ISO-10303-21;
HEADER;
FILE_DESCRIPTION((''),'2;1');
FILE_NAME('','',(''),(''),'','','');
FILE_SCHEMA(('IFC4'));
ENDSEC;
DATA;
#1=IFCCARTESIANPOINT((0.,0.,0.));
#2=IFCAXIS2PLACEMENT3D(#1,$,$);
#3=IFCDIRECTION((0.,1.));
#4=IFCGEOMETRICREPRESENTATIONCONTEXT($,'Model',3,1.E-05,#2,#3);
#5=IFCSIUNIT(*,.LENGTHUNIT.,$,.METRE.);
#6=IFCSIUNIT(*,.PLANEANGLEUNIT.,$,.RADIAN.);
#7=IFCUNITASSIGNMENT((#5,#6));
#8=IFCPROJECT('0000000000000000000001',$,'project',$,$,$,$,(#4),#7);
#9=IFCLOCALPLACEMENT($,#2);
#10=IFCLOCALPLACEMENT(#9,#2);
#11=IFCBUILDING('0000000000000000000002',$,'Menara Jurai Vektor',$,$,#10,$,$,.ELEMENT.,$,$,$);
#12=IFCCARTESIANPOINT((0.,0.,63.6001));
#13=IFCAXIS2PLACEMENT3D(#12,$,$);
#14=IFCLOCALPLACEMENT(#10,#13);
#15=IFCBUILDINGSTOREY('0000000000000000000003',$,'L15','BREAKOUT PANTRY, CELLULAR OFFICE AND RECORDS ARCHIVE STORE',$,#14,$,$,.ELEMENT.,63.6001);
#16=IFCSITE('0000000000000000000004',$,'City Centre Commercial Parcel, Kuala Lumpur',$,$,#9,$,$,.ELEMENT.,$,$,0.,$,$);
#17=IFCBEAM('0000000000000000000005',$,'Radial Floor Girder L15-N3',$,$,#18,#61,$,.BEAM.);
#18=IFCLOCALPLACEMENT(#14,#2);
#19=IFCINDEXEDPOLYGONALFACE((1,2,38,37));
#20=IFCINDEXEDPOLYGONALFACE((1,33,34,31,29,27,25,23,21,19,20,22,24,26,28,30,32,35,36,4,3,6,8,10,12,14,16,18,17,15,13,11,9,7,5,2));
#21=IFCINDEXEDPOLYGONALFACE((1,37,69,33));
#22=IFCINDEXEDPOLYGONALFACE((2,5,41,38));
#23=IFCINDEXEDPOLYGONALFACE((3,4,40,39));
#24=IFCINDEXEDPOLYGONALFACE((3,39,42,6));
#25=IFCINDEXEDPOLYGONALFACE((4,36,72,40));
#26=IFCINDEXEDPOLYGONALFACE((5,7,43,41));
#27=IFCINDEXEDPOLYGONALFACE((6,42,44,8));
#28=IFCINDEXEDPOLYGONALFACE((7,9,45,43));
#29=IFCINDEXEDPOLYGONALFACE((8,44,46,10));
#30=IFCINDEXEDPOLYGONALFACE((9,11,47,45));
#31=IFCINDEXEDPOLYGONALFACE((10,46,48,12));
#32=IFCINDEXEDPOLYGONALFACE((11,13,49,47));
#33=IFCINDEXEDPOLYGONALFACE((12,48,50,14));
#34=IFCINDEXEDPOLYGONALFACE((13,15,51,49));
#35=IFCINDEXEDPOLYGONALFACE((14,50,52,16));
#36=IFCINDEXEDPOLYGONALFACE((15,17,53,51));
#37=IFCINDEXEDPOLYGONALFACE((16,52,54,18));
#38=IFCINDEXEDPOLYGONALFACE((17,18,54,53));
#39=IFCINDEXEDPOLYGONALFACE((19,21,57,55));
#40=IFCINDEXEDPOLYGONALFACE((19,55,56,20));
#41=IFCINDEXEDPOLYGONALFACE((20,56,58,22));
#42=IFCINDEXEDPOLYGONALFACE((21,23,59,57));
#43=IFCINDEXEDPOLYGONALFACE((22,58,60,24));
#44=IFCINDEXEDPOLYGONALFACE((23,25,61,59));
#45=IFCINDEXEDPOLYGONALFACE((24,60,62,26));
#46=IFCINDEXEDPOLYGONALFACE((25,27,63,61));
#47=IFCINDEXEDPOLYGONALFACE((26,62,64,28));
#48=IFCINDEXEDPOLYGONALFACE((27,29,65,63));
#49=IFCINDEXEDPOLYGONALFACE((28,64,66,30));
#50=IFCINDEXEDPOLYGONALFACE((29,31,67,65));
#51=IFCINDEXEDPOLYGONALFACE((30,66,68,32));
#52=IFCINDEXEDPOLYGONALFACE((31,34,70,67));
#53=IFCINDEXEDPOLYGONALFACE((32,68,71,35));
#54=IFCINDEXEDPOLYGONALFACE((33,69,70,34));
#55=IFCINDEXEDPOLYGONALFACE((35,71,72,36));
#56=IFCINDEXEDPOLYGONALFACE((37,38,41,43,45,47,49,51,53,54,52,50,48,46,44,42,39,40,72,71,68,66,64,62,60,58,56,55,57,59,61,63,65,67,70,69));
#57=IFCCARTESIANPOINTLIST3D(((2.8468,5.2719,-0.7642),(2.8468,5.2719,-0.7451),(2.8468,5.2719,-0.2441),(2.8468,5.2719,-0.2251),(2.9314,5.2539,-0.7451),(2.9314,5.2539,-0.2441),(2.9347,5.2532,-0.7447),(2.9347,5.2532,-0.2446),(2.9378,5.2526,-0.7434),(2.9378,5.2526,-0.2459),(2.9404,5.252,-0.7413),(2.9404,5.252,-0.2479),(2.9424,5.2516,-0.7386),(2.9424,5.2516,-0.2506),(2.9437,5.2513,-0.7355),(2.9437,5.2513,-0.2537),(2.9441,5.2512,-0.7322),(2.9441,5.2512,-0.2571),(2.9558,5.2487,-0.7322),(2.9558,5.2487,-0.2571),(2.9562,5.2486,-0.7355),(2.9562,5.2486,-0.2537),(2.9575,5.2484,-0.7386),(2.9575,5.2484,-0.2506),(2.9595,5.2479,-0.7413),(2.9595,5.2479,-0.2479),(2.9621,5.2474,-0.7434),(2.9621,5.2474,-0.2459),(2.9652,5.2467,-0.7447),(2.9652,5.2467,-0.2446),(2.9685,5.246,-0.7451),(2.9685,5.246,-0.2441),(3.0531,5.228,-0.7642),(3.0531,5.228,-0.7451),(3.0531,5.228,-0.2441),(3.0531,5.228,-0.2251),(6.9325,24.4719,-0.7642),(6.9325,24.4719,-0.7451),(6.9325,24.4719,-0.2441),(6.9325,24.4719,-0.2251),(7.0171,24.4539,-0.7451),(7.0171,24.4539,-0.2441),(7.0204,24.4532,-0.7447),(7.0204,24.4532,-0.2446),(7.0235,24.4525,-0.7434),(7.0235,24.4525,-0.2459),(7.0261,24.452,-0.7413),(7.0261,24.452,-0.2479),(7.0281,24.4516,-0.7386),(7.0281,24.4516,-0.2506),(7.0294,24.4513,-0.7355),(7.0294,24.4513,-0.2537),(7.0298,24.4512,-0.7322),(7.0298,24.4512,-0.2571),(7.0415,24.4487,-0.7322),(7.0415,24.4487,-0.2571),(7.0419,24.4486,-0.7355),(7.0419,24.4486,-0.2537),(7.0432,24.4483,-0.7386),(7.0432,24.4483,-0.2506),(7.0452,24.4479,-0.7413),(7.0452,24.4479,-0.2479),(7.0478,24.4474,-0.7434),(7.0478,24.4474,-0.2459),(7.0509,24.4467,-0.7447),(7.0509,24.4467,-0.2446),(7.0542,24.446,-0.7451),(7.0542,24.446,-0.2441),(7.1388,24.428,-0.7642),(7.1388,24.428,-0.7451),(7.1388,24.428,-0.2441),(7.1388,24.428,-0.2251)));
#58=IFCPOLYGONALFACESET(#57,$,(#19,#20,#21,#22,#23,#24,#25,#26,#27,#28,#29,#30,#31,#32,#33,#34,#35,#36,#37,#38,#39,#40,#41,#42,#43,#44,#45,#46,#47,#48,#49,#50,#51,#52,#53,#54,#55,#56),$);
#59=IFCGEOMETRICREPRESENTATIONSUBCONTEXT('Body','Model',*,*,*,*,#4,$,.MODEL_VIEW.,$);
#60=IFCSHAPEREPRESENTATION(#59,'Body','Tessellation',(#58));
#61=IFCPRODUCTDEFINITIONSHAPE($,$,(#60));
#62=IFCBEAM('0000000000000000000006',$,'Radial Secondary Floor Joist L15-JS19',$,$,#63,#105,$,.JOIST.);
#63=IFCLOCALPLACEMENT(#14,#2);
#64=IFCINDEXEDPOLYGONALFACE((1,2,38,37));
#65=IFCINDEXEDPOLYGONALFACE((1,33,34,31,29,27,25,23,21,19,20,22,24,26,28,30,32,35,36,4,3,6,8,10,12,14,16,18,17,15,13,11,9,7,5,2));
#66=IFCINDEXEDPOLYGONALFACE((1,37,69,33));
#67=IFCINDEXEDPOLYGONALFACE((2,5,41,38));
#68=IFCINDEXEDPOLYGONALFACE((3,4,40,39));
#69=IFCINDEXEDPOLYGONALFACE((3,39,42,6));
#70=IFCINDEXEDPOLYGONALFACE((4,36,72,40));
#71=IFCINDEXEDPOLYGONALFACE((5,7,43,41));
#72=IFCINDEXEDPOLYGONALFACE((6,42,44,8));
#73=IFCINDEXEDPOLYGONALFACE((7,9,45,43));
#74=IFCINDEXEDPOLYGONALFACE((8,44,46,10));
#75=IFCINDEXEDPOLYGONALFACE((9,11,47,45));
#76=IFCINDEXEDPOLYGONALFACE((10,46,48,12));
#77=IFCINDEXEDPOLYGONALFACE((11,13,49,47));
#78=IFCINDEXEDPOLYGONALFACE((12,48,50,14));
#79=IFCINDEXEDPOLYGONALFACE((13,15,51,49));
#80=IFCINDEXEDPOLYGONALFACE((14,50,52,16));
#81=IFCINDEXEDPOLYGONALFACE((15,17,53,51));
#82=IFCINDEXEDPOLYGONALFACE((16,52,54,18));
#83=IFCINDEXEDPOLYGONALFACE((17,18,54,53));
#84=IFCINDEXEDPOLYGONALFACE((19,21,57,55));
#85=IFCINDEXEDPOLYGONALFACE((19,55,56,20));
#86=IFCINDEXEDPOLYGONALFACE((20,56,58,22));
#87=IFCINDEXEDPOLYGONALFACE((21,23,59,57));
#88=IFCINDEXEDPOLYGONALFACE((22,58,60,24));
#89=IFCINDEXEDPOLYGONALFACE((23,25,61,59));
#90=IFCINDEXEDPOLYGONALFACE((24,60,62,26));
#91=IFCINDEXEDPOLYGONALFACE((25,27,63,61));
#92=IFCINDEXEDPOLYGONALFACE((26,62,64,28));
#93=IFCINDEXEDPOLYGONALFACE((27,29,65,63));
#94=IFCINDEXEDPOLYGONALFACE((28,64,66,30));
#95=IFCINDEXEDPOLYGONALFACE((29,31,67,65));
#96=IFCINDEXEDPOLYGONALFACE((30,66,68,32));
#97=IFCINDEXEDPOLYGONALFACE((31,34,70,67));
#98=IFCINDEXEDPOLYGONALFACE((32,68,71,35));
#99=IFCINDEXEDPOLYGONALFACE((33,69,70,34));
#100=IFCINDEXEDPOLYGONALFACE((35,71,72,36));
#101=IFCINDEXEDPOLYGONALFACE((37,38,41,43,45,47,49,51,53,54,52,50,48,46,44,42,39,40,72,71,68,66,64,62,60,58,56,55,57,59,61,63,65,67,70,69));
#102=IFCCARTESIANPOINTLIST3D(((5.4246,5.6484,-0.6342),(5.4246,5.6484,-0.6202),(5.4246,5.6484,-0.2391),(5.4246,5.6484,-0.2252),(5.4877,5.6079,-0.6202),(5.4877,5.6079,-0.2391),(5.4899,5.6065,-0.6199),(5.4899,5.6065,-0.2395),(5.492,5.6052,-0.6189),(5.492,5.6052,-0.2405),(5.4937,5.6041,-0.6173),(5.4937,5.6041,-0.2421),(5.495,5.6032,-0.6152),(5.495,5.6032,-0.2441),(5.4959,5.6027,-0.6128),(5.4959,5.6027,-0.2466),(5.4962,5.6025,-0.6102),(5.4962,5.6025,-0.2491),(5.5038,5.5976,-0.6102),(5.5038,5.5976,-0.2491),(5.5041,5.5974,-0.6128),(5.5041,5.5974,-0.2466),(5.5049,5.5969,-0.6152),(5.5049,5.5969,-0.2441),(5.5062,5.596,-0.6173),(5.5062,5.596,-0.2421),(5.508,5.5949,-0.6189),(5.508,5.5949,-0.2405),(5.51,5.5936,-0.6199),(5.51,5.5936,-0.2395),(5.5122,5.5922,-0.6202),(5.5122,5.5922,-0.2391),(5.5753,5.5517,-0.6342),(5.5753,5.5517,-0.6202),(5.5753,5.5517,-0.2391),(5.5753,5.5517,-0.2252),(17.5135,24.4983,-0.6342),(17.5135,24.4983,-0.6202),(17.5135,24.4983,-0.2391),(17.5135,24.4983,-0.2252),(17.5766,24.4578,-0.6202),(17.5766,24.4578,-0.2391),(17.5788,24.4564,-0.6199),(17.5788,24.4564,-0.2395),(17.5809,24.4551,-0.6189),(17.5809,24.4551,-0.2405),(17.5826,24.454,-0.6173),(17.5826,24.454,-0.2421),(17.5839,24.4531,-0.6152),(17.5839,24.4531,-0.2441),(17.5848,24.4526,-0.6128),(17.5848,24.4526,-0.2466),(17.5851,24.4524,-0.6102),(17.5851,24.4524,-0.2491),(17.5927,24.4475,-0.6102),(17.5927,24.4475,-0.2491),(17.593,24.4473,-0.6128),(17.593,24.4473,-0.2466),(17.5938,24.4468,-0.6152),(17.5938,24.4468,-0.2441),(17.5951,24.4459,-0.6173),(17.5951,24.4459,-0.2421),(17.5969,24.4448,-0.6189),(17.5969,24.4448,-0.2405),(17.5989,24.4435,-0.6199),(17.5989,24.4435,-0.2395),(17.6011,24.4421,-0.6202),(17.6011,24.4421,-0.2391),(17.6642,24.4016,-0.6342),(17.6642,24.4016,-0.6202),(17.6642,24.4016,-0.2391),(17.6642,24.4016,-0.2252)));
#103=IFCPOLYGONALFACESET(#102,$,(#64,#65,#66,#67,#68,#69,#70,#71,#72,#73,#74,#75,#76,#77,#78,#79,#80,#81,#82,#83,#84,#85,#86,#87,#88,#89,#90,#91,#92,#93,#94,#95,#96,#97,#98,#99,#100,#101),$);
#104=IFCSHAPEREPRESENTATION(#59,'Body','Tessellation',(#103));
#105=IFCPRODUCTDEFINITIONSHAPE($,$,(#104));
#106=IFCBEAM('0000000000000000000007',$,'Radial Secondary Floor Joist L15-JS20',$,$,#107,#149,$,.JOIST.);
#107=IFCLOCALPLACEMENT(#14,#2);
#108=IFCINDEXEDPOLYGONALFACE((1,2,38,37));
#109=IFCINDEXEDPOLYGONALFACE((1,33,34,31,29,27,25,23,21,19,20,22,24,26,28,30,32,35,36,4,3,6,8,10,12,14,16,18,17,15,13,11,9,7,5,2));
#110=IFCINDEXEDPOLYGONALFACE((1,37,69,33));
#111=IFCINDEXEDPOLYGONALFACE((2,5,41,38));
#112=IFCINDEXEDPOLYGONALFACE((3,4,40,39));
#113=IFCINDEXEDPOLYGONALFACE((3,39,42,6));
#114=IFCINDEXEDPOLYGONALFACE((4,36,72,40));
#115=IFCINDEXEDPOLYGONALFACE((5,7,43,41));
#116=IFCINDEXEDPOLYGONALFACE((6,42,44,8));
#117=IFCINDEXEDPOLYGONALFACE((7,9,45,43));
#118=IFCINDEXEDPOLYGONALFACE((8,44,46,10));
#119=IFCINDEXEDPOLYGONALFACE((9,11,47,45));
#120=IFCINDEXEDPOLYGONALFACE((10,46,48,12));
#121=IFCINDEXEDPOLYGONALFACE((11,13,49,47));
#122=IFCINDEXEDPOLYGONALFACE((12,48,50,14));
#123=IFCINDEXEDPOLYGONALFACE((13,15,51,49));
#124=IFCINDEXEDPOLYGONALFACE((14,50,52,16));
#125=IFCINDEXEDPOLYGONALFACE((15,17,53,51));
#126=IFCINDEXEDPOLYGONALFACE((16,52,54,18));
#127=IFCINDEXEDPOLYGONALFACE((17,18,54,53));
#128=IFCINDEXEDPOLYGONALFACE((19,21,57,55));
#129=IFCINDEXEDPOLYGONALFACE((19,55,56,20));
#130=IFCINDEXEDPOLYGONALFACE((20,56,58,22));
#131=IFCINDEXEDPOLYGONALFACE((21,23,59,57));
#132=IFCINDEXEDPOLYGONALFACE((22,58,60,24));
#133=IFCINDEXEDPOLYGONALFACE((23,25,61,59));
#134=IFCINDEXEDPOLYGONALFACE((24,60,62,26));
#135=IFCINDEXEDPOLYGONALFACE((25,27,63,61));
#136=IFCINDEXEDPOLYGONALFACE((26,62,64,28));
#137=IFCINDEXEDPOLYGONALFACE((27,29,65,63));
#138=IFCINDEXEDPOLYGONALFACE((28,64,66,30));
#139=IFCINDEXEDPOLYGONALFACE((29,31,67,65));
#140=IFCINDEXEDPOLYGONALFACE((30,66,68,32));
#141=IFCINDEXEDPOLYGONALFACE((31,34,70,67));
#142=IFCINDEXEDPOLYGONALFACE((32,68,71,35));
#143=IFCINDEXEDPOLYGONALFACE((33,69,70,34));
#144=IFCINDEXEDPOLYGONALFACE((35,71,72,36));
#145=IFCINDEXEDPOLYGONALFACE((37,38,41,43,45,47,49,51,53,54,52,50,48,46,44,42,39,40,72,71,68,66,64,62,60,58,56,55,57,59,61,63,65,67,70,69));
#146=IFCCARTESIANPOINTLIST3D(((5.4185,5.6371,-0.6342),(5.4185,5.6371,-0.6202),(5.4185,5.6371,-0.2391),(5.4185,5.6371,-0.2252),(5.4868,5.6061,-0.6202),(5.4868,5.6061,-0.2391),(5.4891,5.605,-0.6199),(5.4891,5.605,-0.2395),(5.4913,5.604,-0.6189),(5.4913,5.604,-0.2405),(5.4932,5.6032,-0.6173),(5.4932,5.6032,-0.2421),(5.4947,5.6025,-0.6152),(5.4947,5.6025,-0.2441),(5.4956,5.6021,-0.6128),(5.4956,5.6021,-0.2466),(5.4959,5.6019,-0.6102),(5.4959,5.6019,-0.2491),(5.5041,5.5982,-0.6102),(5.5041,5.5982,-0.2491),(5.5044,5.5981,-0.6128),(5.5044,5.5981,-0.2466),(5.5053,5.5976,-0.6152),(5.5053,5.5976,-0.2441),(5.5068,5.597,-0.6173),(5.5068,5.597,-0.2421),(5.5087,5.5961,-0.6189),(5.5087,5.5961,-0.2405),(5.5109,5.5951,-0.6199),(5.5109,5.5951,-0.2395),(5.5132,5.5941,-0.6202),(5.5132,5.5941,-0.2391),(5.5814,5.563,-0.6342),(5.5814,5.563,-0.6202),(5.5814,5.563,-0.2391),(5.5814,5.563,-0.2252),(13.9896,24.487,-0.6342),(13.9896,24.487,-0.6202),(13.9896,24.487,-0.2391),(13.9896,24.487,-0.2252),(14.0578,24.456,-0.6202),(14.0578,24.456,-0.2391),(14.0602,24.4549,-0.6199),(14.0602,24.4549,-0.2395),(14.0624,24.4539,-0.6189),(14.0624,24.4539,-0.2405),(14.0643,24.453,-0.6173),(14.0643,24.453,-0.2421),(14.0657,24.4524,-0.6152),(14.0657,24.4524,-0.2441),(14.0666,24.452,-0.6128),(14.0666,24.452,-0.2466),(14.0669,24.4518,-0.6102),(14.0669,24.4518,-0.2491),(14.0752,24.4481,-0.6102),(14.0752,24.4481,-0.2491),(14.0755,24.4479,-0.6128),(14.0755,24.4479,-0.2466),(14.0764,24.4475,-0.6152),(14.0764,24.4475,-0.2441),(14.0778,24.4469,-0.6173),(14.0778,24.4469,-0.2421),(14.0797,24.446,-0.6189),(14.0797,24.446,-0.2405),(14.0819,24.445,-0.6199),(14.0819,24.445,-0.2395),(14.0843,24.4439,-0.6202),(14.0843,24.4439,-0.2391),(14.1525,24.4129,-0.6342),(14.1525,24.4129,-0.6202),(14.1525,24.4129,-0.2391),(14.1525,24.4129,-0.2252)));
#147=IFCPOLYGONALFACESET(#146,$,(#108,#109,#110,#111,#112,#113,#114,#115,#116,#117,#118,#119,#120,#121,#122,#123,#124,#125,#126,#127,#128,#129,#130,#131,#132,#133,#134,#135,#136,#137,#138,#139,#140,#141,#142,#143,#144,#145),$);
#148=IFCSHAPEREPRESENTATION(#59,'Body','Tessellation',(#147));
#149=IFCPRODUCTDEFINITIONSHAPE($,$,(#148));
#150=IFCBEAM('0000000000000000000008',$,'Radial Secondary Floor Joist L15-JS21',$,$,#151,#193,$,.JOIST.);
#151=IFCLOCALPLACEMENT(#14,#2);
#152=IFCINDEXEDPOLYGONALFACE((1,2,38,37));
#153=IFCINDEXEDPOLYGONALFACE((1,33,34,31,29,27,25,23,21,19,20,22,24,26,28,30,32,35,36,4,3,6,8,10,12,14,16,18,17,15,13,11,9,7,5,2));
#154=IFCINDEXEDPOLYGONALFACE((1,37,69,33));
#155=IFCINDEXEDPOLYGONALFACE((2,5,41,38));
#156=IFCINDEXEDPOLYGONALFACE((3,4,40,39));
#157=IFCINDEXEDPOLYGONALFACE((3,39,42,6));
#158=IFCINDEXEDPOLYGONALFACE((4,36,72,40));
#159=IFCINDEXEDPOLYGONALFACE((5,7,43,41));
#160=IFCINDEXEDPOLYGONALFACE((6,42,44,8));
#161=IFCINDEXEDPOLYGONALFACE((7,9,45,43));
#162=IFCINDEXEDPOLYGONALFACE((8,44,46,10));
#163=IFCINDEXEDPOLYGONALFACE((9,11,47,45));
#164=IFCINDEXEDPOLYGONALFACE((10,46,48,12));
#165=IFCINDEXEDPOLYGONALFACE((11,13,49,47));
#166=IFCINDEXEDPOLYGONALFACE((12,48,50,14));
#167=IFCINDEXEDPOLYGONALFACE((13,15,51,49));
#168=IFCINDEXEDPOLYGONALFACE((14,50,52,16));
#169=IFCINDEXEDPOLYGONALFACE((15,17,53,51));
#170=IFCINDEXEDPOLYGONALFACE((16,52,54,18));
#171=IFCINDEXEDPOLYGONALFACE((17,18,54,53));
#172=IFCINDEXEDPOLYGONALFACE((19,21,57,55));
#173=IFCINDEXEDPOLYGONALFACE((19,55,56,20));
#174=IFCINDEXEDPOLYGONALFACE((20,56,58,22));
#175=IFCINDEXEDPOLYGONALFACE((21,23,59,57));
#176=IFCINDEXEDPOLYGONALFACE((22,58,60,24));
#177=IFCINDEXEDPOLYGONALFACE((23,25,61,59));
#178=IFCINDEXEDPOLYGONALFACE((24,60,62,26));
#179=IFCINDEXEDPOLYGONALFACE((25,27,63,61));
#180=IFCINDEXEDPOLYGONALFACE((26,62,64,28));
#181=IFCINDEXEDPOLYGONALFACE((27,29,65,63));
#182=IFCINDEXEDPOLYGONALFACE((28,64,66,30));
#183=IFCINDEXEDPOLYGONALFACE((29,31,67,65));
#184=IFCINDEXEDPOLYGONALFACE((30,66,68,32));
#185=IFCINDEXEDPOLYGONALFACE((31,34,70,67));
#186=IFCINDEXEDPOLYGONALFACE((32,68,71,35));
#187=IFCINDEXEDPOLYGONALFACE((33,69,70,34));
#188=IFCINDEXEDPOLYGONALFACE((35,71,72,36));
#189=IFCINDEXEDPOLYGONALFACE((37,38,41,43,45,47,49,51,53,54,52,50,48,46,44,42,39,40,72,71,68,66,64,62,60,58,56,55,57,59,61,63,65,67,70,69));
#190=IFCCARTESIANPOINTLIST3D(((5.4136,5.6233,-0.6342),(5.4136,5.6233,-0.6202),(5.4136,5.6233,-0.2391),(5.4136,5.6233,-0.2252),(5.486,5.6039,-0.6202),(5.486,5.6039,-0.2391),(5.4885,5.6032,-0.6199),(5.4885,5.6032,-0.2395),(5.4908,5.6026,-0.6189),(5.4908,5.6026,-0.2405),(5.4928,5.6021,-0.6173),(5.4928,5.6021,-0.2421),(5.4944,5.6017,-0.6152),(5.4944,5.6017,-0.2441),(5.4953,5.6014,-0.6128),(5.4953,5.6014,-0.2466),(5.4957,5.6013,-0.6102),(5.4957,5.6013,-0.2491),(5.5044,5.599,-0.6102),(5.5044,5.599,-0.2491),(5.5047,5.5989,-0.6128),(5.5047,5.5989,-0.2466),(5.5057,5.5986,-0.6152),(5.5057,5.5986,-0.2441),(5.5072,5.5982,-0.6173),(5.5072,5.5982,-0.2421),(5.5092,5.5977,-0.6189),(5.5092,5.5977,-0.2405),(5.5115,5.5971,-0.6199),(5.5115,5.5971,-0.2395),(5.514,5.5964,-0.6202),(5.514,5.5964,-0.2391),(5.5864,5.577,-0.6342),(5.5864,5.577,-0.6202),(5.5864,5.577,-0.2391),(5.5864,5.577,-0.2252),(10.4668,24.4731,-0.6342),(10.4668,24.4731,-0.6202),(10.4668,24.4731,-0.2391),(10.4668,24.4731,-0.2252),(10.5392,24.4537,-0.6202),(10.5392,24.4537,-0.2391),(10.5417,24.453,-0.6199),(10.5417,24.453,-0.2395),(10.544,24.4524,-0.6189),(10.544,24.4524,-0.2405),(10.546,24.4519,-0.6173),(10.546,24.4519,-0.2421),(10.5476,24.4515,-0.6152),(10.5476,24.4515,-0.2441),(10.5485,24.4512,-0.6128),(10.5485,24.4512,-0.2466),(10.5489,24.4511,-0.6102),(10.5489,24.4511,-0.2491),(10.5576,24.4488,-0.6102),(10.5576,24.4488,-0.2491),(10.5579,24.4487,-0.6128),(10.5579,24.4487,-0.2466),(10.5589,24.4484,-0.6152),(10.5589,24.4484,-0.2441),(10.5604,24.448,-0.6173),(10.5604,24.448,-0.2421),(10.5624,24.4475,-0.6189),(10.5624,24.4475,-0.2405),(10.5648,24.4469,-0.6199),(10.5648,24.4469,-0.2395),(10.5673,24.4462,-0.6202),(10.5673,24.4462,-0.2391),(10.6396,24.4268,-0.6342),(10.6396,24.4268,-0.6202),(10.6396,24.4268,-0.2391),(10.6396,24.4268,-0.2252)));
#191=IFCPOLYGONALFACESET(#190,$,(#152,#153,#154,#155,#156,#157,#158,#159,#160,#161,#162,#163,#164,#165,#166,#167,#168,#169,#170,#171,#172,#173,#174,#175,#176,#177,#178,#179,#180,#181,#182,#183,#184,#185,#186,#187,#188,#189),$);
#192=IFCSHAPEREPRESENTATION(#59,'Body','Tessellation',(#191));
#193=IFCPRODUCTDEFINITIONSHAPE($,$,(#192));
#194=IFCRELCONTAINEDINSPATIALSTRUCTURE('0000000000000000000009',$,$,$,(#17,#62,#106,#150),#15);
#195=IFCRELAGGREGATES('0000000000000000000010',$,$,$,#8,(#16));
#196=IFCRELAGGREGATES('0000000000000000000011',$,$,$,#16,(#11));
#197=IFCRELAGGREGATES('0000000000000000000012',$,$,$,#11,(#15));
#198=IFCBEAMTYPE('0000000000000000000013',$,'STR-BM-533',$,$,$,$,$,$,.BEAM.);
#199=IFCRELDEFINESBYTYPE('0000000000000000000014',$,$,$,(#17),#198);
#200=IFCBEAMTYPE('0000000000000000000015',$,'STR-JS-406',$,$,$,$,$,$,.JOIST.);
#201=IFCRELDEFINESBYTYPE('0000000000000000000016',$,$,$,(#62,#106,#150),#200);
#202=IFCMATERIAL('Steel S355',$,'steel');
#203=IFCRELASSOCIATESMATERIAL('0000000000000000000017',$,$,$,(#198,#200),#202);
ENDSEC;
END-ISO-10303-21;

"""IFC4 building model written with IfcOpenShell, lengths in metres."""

from ifc_helpers import new_model, si_unit, direction, frame, origin, origin_2d, place, context, subcontext, project, spatial, i_section, extrude, material, material_profile, profile_set, type_object, element, save


model = new_model("IFC4")

# Units and contexts
model_context = context("Model", 3, precision=1e-05, world=origin(), true_north=direction((0.0, 1.0)))
body_context = subcontext(model_context, "Body", "Model", "MODEL_VIEW")
ifc_project = project(units=[si_unit("LENGTHUNIT", "METRE"), si_unit("PLANEANGLEUNIT", "RADIAN")], contexts=[model_context])

# Site, building, storey
site_placement = place(None, origin())
site = spatial("IfcSite", under=ifc_project, at=site_placement, Name="City Centre Commercial Parcel, Kuala Lumpur", CompositionType="ELEMENT", RefElevation=0.0)
building_placement = place(site_placement, origin())
building = spatial("IfcBuilding", under=site, at=building_placement, Name="Menara Jurai Vektor", CompositionType="ELEMENT")
storey_placement = place(building_placement, frame((0.0, 0.0, 63.6001)))
storey = spatial("IfcBuildingStorey", under=building, at=storey_placement, Name="L15", Description="BREAKOUT PANTRY, CELLULAR OFFICE AND RECORDS ARCHIVE STORE", CompositionType="ELEMENT", Elevation=63.6001)

# Beams
ifc_material_1 = material(Name="Steel S355", Category="steel")
ifc_material_profile_1 = material_profile(ifc_material_1, i_section(OverallWidth=0.2109, OverallDepth=0.5391, WebThickness=0.012, FlangeThickness=0.019, FilletRadius=0.0129, at=origin_2d()), Name="UKB 533x210x109")
ifc_profile_set_1 = profile_set([ifc_material_profile_1], Name="Steel S355")
beam_type_1 = type_object("IfcBeamType", Name="STR-BM-533", PredefinedType="BEAM", material=ifc_profile_set_1)
beam_1_placement = place(storey_placement, frame((7.0356, 24.45, -0.4946), z_axis=(-0.208137, -0.9781, 0.0), x_axis=(0.9781, -0.208137, 0.0)))
element("IfcBeam", 1, at=beam_1_placement, inside=storey, type_object=beam_type_1, Name="Radial Floor Girder L15-N3", PredefinedType="BEAM", context=body_context, shape_type="SweptSolid", body=[
    extrude(i_section(OverallWidth=0.2109, OverallDepth=0.5391, WebThickness=0.012, FlangeThickness=0.019, FilletRadius=0.0129, at=origin_2d()), origin(), (0.0, 0.0, 1.0), 19.6299),
])
ifc_material_profile_2 = material_profile(ifc_material_1, i_section(OverallWidth=0.179, OverallDepth=0.4089, WebThickness=0.009, FlangeThickness=0.0139, FilletRadius=0.01, at=origin_2d()), Name="UKB 406x178x67")
ifc_profile_set_2 = profile_set([ifc_material_profile_2], Name="Steel S355")
beam_type_2 = type_object("IfcBeamType", Name="STR-JS-406", PredefinedType="JOIST", material=ifc_profile_set_2)
beam_2_placement = place(storey_placement, frame((17.5889, 24.45, -0.4297), z_axis=(-0.539844, -0.841765, 0.0), x_axis=(0.841765, -0.539844, 0.0)))
element("IfcBeam", 2, at=beam_2_placement, inside=storey, type_object=beam_type_2, Name="Radial Secondary Floor Joist L15-JS19", PredefinedType="JOIST", context=body_context, shape_type="SweptSolid", body=[
    extrude(i_section(OverallWidth=0.179, OverallDepth=0.4089, WebThickness=0.009, FlangeThickness=0.0139, FilletRadius=0.01, at=origin_2d()), origin(), (0.0, 0.0, 1.0), 22.3933),
])
beam_3_placement = place(storey_placement, frame((14.071, 24.45, -0.4297), z_axis=(-0.41392, -0.910313, 0.0), x_axis=(0.910313, -0.41392, 0.0)))
element("IfcBeam", 3, at=beam_3_placement, inside=storey, type_object=beam_type_2, Name="Radial Secondary Floor Joist L15-JS20", PredefinedType="JOIST", context=body_context, shape_type="SweptSolid", body=[
    extrude(i_section(OverallWidth=0.179, OverallDepth=0.4089, WebThickness=0.009, FlangeThickness=0.0139, FilletRadius=0.01, at=origin_2d()), origin(), (0.0, 0.0, 1.0), 20.707),
])
beam_4_placement = place(storey_placement, frame((10.5532, 24.45, -0.4297), z_axis=(-0.258935, -0.965895, 0.0), x_axis=(0.965895, -0.258935, 0.0)))
element("IfcBeam", 4, at=beam_4_placement, inside=storey, type_object=beam_type_2, Name="Radial Secondary Floor Joist L15-JS21", PredefinedType="JOIST", context=body_context, shape_type="SweptSolid", body=[
    extrude(i_section(OverallWidth=0.179, OverallDepth=0.4089, WebThickness=0.009, FlangeThickness=0.0139, FilletRadius=0.01, at=origin_2d()), origin(), (0.0, 0.0, 1.0), 19.5154),
])

save(model, "model.ifc")
